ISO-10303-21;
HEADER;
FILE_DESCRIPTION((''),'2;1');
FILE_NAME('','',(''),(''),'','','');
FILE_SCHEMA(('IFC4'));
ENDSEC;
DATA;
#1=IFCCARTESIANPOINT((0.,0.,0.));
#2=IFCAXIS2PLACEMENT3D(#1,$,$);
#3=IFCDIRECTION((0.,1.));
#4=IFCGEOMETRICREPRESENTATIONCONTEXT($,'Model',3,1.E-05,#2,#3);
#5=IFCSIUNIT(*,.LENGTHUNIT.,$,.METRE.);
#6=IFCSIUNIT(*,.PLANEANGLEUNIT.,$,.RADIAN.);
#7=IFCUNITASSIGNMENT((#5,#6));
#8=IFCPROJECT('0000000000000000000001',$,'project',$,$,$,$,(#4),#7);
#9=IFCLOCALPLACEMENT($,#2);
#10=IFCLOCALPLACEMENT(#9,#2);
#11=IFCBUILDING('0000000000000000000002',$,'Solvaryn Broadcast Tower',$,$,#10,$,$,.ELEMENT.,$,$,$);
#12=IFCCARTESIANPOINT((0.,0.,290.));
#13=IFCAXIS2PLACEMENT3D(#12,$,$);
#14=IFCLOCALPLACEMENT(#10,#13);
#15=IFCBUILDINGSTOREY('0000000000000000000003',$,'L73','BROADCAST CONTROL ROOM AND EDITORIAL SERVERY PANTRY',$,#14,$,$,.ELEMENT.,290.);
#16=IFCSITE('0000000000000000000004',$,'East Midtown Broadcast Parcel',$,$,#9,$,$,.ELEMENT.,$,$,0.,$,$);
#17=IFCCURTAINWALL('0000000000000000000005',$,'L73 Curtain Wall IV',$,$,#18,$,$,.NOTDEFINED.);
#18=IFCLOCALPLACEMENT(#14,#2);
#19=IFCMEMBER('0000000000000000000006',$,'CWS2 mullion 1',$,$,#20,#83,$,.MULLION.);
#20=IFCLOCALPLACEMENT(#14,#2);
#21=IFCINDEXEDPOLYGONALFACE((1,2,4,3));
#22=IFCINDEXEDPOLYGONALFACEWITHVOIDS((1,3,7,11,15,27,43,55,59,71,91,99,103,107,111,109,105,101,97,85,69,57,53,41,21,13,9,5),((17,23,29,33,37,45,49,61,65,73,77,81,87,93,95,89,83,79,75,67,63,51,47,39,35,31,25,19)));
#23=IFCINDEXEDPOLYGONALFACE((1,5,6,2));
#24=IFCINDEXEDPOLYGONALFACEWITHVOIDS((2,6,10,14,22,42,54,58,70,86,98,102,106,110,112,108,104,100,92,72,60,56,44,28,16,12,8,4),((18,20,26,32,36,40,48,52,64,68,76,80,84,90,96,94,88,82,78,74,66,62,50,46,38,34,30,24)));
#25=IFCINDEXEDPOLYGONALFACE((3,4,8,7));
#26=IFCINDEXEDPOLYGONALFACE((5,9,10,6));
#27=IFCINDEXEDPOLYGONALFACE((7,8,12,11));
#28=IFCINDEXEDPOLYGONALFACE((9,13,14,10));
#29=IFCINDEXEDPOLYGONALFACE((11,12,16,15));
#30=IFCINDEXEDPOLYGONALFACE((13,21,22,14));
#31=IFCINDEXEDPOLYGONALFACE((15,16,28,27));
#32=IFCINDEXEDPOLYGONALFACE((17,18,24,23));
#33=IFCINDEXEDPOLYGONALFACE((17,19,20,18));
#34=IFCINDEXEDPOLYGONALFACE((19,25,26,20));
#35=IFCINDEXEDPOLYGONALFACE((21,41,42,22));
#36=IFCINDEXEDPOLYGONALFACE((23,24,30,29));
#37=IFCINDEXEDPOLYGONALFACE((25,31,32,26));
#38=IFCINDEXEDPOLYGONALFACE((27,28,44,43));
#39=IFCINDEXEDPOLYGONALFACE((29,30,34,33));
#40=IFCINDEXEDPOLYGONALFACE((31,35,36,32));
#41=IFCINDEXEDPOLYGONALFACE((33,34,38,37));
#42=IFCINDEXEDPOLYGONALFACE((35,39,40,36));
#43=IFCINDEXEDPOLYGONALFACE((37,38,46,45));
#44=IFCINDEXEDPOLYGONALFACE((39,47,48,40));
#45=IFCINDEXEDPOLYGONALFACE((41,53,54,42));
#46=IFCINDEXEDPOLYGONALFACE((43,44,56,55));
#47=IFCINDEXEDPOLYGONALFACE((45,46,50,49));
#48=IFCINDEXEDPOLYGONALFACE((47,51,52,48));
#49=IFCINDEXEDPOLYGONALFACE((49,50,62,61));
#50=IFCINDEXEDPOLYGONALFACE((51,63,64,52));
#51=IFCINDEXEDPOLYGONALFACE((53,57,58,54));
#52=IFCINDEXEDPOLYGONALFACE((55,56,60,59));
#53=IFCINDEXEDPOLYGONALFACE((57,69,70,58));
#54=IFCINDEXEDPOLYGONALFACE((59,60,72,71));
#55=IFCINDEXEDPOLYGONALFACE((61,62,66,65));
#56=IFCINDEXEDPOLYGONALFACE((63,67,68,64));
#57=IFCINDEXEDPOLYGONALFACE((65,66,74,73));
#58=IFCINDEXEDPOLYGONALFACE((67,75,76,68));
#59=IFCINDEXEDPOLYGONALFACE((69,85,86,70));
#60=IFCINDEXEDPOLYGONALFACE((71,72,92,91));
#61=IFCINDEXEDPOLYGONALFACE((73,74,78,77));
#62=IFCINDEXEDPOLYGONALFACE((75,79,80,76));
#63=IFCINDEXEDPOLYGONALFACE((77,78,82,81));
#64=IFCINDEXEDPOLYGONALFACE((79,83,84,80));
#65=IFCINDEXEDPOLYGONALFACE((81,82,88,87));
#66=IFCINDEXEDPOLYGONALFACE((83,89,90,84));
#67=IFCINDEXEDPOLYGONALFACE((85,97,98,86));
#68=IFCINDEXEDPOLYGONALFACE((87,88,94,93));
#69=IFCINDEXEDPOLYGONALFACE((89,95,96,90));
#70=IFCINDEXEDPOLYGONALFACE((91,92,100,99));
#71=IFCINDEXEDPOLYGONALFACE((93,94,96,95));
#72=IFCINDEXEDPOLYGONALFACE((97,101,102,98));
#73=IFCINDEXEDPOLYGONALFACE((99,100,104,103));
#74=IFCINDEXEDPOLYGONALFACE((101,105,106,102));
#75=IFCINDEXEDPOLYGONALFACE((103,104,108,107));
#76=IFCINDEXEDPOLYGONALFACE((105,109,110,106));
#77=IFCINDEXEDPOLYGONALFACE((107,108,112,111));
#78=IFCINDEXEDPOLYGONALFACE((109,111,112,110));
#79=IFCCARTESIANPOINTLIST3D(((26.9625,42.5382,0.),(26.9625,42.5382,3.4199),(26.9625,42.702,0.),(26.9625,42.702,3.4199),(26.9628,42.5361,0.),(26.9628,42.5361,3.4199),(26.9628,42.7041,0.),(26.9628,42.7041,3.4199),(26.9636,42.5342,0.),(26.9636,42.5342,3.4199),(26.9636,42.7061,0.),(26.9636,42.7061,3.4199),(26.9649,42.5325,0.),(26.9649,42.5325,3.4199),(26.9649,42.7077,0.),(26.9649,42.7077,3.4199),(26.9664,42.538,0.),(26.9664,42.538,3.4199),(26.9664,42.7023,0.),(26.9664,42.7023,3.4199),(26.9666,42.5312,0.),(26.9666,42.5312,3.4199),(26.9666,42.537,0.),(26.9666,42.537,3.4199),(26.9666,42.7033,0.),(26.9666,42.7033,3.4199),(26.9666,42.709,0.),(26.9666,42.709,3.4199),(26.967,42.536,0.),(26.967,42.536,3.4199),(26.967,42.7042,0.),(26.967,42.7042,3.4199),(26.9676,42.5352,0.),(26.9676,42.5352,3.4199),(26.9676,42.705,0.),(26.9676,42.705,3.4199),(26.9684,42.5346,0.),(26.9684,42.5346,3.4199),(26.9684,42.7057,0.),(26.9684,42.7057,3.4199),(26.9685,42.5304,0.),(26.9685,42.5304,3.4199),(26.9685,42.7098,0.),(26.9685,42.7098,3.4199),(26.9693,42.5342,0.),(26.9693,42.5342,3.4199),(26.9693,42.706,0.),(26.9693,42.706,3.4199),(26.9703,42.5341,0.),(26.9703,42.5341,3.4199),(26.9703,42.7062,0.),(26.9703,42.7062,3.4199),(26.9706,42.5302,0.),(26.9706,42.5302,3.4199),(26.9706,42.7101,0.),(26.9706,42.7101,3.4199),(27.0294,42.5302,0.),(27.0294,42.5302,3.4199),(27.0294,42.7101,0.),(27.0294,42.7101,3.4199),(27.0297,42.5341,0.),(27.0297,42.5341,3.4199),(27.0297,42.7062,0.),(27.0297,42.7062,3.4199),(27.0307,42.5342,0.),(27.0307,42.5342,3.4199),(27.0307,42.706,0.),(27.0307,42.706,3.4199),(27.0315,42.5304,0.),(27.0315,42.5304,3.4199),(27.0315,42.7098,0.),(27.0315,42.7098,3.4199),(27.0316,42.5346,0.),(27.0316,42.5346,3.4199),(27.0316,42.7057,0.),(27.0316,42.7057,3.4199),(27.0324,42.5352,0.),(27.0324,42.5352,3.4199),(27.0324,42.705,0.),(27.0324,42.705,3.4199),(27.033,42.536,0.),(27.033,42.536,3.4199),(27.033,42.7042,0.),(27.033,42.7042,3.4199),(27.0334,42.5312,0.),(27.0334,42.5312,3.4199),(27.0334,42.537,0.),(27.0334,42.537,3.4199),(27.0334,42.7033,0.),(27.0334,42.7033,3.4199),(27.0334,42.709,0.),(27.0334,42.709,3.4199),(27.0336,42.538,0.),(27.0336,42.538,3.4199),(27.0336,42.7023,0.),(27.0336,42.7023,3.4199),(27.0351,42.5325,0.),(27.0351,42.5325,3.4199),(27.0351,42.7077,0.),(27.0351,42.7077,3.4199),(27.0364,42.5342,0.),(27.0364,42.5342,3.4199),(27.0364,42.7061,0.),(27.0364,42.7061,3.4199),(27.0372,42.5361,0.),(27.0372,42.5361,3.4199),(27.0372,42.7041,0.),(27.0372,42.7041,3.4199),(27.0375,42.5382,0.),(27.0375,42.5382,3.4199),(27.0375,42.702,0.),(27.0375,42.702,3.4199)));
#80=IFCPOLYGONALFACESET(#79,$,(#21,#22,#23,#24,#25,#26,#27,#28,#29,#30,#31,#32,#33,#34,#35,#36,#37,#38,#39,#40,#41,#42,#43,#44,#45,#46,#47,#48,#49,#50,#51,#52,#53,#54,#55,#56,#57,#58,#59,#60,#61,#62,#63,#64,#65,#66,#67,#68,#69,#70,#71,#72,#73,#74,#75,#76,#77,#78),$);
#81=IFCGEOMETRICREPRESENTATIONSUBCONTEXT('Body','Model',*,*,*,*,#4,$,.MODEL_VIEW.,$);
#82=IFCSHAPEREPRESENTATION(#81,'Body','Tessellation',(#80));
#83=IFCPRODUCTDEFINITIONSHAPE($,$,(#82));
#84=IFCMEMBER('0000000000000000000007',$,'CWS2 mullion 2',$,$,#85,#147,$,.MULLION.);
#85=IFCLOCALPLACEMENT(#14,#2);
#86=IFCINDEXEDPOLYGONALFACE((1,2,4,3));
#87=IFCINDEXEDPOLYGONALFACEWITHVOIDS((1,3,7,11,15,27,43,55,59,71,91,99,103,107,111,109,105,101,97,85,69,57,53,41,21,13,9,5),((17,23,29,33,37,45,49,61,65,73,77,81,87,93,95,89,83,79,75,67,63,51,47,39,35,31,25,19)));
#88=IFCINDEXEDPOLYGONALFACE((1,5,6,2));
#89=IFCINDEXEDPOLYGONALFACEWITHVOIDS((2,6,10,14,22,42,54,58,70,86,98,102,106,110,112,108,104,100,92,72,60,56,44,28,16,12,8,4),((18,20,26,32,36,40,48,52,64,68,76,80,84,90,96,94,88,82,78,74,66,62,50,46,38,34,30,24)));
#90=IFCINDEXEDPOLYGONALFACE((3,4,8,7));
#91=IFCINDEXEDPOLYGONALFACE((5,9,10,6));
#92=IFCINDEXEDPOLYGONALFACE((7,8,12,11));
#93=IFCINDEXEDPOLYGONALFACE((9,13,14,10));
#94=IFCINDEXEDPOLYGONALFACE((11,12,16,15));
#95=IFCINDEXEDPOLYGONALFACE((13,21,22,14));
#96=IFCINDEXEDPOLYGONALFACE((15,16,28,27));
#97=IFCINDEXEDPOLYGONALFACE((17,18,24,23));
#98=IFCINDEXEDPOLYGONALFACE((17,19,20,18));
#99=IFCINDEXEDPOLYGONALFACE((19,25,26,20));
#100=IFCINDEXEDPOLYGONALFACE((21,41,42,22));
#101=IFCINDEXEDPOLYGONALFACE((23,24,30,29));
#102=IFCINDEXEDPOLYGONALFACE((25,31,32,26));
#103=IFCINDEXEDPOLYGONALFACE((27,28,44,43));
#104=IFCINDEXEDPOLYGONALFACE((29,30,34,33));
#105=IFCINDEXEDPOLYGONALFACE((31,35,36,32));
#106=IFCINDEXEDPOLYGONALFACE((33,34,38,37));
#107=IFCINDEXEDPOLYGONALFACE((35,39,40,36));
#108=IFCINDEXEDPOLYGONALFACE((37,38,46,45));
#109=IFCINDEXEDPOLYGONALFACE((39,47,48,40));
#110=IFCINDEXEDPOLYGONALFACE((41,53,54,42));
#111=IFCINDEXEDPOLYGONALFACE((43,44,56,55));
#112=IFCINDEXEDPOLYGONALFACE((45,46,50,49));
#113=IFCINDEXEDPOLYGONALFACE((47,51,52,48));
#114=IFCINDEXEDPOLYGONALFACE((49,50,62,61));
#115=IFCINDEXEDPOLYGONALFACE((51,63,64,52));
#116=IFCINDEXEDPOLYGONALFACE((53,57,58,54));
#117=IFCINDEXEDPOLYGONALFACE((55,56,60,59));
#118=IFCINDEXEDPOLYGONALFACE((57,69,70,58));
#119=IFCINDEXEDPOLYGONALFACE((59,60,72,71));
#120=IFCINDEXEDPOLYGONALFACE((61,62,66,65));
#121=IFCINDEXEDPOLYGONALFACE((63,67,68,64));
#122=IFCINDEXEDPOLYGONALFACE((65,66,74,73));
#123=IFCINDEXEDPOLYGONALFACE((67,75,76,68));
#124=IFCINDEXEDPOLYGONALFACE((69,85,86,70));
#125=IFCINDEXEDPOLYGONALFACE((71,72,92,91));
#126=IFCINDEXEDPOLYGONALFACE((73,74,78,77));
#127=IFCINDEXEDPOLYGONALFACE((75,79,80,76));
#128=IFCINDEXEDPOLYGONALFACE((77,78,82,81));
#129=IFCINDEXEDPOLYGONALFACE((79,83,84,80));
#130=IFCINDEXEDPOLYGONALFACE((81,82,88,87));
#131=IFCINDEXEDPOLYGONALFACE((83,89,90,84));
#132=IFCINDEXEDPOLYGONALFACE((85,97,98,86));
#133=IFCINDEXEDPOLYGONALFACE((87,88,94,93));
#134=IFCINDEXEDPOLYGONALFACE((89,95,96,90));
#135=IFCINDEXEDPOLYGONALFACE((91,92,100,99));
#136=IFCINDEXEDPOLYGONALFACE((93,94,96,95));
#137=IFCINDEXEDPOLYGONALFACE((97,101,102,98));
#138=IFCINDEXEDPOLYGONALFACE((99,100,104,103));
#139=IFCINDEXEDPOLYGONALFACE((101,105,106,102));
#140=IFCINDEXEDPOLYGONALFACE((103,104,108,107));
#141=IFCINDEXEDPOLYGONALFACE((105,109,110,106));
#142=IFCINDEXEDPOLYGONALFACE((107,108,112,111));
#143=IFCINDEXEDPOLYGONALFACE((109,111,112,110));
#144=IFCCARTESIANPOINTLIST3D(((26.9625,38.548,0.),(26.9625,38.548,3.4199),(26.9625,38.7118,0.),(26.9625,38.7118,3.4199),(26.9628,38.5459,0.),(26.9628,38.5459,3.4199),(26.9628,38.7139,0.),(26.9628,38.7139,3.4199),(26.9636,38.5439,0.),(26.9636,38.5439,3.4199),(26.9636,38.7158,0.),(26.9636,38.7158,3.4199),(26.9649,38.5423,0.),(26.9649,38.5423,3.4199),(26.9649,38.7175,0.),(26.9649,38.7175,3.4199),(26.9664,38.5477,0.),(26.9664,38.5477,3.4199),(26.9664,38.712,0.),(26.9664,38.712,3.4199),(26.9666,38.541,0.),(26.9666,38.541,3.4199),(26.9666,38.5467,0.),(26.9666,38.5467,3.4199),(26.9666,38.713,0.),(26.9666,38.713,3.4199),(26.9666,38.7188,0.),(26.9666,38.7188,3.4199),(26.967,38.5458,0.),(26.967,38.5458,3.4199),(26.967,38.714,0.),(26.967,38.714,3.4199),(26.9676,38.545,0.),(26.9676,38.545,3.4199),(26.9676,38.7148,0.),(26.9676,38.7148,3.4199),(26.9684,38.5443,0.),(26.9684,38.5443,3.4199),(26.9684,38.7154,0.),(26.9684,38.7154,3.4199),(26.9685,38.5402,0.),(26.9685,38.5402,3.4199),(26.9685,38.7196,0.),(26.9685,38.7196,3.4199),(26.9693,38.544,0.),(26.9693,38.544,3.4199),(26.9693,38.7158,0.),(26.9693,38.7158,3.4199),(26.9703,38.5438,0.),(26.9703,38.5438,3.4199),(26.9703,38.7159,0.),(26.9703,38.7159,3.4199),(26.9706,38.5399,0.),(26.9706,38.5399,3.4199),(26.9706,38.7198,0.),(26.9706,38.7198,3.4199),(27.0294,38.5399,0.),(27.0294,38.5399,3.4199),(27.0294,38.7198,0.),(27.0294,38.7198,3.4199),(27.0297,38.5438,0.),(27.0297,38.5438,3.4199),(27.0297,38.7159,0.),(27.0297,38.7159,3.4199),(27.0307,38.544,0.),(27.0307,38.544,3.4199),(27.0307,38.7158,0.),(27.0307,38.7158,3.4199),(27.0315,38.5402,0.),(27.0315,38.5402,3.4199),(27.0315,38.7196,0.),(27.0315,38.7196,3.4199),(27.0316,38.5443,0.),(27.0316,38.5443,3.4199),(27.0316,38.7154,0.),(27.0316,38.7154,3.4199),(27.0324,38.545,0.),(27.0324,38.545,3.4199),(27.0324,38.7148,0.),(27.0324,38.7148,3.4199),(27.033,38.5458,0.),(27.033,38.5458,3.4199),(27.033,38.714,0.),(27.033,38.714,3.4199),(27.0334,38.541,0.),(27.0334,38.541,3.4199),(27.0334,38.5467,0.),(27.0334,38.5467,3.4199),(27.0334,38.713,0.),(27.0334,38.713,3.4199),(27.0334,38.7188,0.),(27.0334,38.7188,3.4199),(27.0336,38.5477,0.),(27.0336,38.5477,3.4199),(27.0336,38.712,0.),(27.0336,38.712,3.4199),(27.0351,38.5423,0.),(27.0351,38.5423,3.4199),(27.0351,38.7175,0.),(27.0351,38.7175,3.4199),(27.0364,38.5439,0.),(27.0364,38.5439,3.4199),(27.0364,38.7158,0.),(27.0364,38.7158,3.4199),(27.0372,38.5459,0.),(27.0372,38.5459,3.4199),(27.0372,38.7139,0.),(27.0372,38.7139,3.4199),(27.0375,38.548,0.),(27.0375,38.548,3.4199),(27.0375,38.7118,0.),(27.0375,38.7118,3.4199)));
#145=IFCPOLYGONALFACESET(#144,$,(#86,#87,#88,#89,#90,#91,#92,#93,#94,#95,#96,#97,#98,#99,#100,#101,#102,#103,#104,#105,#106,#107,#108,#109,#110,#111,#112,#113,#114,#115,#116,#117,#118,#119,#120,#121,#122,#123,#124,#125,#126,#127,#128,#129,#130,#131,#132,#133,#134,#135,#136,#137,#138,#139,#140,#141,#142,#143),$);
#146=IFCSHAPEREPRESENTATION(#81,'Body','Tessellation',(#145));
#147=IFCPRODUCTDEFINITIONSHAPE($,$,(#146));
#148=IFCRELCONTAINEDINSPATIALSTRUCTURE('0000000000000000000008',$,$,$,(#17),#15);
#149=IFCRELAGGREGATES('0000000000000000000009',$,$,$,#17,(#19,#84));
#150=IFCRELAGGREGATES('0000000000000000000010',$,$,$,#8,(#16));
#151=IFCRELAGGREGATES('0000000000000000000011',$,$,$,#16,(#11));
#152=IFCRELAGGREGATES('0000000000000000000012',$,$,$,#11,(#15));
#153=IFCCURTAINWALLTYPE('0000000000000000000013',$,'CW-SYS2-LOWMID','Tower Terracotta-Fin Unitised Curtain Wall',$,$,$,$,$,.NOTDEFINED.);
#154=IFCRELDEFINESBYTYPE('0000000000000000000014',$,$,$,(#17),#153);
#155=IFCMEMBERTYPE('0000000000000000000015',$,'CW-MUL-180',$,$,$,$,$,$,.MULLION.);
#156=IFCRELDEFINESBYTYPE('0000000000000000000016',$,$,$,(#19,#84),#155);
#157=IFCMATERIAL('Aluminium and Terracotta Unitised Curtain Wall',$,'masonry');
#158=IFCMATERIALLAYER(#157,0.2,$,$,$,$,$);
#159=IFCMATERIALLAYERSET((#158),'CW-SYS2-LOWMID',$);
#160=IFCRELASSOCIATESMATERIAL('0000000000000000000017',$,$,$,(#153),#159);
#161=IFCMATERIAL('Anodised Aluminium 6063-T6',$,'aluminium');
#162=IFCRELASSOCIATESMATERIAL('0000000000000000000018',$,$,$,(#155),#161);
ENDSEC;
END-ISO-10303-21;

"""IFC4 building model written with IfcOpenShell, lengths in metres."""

from ifc_helpers import new_model, si_unit, direction, frame, origin, origin_2d, place, context, subcontext, project, spatial, hollow_rectangle, extrude, material, layer, layer_set, material_profile, profile_set, type_object, element, aggregate, save


model = new_model("IFC4")

# Units and contexts
model_context = context("Model", 3, precision=1e-05, world=origin(), true_north=direction((0.0, 1.0)))
body_context = subcontext(model_context, "Body", "Model", "MODEL_VIEW")
ifc_project = project(units=[si_unit("LENGTHUNIT", "METRE"), si_unit("PLANEANGLEUNIT", "RADIAN")], contexts=[model_context])

# Site, building, storey
site_placement = place(None, origin())
site = spatial("IfcSite", under=ifc_project, at=site_placement, Name="East Midtown Broadcast Parcel", CompositionType="ELEMENT", RefElevation=0.0)
building_placement = place(site_placement, origin())
building = spatial("IfcBuilding", under=site, at=building_placement, Name="Solvaryn Broadcast Tower", CompositionType="ELEMENT")
storey_placement = place(building_placement, frame((0.0, 0.0, 290.0)))
storey = spatial("IfcBuildingStorey", under=building, at=storey_placement, Name="L73", Description="BROADCAST CONTROL ROOM AND EDITORIAL SERVERY PANTRY", CompositionType="ELEMENT", Elevation=290.0)

# Curtain wall, members
ifc_material_1 = material(Name="Aluminium and Terracotta Unitised Curtain Wall", Category="masonry")
ifc_layer_1 = layer(ifc_material_1, 0.2)
ifc_layer_set_1 = layer_set([ifc_layer_1], Name="CW-SYS2-LOWMID")
curtain_wall_type = type_object("IfcCurtainWallType", Name="CW-SYS2-LOWMID", Description="Tower Terracotta-Fin Unitised Curtain Wall", PredefinedType="NOTDEFINED", material=ifc_layer_set_1)
curtain_wall_1_placement = place(storey_placement, origin())
curtain_wall_1 = element("IfcCurtainWall", 1, at=curtain_wall_1_placement, inside=storey, type_object=curtain_wall_type, Name="L73 Curtain Wall IV", PredefinedType="NOTDEFINED")
ifc_material_2 = material(Name="Anodised Aluminium 6063-T6", Category="aluminium")
ifc_material_profile_1 = material_profile(ifc_material_2, hollow_rectangle(XDim=0.075, YDim=0.1799, WallThickness=0.0039, InnerFilletRadius=0.0039, OuterFilletRadius=0.0081, at=origin_2d()))
ifc_profile_set_1 = profile_set([ifc_material_profile_1], Name="Anodised Aluminium 6063-T6")
member_type_1 = type_object("IfcMemberType", Name="CW-MUL-180", PredefinedType="MULLION", material=ifc_profile_set_1)
member_1_placement = place(storey_placement, frame((27.0, 42.6201, 0.0), z_axis=(0.0, 0.0, 1.0), x_axis=(1.0, 0.0, 0.0)))
member_1 = element("IfcMember", 2, at=member_1_placement, type_object=member_type_1, Name="CWS2 mullion 1", PredefinedType="MULLION", context=body_context, shape_type="SweptSolid", body=[
    extrude(hollow_rectangle(XDim=0.075, YDim=0.1799, WallThickness=0.0039, InnerFilletRadius=0.0039, OuterFilletRadius=0.0081, at=origin_2d()), origin(), (0.0, 0.0, 1.0), 3.4199),
])
member_2_placement = place(storey_placement, frame((27.0, 38.6299, 0.0), z_axis=(0.0, 0.0, 1.0), x_axis=(1.0, 0.0, 0.0)))
member_2 = element("IfcMember", 3, at=member_2_placement, type_object=member_type_1, Name="CWS2 mullion 2", PredefinedType="MULLION", context=body_context, shape_type="SweptSolid", body=[
    extrude(hollow_rectangle(XDim=0.075, YDim=0.1799, WallThickness=0.0039, InnerFilletRadius=0.0039, OuterFilletRadius=0.0081, at=origin_2d()), origin(), (0.0, 0.0, 1.0), 3.4199),
])

aggregate(curtain_wall_1, [member_1, member_2])

save(model, "model.ifc")
